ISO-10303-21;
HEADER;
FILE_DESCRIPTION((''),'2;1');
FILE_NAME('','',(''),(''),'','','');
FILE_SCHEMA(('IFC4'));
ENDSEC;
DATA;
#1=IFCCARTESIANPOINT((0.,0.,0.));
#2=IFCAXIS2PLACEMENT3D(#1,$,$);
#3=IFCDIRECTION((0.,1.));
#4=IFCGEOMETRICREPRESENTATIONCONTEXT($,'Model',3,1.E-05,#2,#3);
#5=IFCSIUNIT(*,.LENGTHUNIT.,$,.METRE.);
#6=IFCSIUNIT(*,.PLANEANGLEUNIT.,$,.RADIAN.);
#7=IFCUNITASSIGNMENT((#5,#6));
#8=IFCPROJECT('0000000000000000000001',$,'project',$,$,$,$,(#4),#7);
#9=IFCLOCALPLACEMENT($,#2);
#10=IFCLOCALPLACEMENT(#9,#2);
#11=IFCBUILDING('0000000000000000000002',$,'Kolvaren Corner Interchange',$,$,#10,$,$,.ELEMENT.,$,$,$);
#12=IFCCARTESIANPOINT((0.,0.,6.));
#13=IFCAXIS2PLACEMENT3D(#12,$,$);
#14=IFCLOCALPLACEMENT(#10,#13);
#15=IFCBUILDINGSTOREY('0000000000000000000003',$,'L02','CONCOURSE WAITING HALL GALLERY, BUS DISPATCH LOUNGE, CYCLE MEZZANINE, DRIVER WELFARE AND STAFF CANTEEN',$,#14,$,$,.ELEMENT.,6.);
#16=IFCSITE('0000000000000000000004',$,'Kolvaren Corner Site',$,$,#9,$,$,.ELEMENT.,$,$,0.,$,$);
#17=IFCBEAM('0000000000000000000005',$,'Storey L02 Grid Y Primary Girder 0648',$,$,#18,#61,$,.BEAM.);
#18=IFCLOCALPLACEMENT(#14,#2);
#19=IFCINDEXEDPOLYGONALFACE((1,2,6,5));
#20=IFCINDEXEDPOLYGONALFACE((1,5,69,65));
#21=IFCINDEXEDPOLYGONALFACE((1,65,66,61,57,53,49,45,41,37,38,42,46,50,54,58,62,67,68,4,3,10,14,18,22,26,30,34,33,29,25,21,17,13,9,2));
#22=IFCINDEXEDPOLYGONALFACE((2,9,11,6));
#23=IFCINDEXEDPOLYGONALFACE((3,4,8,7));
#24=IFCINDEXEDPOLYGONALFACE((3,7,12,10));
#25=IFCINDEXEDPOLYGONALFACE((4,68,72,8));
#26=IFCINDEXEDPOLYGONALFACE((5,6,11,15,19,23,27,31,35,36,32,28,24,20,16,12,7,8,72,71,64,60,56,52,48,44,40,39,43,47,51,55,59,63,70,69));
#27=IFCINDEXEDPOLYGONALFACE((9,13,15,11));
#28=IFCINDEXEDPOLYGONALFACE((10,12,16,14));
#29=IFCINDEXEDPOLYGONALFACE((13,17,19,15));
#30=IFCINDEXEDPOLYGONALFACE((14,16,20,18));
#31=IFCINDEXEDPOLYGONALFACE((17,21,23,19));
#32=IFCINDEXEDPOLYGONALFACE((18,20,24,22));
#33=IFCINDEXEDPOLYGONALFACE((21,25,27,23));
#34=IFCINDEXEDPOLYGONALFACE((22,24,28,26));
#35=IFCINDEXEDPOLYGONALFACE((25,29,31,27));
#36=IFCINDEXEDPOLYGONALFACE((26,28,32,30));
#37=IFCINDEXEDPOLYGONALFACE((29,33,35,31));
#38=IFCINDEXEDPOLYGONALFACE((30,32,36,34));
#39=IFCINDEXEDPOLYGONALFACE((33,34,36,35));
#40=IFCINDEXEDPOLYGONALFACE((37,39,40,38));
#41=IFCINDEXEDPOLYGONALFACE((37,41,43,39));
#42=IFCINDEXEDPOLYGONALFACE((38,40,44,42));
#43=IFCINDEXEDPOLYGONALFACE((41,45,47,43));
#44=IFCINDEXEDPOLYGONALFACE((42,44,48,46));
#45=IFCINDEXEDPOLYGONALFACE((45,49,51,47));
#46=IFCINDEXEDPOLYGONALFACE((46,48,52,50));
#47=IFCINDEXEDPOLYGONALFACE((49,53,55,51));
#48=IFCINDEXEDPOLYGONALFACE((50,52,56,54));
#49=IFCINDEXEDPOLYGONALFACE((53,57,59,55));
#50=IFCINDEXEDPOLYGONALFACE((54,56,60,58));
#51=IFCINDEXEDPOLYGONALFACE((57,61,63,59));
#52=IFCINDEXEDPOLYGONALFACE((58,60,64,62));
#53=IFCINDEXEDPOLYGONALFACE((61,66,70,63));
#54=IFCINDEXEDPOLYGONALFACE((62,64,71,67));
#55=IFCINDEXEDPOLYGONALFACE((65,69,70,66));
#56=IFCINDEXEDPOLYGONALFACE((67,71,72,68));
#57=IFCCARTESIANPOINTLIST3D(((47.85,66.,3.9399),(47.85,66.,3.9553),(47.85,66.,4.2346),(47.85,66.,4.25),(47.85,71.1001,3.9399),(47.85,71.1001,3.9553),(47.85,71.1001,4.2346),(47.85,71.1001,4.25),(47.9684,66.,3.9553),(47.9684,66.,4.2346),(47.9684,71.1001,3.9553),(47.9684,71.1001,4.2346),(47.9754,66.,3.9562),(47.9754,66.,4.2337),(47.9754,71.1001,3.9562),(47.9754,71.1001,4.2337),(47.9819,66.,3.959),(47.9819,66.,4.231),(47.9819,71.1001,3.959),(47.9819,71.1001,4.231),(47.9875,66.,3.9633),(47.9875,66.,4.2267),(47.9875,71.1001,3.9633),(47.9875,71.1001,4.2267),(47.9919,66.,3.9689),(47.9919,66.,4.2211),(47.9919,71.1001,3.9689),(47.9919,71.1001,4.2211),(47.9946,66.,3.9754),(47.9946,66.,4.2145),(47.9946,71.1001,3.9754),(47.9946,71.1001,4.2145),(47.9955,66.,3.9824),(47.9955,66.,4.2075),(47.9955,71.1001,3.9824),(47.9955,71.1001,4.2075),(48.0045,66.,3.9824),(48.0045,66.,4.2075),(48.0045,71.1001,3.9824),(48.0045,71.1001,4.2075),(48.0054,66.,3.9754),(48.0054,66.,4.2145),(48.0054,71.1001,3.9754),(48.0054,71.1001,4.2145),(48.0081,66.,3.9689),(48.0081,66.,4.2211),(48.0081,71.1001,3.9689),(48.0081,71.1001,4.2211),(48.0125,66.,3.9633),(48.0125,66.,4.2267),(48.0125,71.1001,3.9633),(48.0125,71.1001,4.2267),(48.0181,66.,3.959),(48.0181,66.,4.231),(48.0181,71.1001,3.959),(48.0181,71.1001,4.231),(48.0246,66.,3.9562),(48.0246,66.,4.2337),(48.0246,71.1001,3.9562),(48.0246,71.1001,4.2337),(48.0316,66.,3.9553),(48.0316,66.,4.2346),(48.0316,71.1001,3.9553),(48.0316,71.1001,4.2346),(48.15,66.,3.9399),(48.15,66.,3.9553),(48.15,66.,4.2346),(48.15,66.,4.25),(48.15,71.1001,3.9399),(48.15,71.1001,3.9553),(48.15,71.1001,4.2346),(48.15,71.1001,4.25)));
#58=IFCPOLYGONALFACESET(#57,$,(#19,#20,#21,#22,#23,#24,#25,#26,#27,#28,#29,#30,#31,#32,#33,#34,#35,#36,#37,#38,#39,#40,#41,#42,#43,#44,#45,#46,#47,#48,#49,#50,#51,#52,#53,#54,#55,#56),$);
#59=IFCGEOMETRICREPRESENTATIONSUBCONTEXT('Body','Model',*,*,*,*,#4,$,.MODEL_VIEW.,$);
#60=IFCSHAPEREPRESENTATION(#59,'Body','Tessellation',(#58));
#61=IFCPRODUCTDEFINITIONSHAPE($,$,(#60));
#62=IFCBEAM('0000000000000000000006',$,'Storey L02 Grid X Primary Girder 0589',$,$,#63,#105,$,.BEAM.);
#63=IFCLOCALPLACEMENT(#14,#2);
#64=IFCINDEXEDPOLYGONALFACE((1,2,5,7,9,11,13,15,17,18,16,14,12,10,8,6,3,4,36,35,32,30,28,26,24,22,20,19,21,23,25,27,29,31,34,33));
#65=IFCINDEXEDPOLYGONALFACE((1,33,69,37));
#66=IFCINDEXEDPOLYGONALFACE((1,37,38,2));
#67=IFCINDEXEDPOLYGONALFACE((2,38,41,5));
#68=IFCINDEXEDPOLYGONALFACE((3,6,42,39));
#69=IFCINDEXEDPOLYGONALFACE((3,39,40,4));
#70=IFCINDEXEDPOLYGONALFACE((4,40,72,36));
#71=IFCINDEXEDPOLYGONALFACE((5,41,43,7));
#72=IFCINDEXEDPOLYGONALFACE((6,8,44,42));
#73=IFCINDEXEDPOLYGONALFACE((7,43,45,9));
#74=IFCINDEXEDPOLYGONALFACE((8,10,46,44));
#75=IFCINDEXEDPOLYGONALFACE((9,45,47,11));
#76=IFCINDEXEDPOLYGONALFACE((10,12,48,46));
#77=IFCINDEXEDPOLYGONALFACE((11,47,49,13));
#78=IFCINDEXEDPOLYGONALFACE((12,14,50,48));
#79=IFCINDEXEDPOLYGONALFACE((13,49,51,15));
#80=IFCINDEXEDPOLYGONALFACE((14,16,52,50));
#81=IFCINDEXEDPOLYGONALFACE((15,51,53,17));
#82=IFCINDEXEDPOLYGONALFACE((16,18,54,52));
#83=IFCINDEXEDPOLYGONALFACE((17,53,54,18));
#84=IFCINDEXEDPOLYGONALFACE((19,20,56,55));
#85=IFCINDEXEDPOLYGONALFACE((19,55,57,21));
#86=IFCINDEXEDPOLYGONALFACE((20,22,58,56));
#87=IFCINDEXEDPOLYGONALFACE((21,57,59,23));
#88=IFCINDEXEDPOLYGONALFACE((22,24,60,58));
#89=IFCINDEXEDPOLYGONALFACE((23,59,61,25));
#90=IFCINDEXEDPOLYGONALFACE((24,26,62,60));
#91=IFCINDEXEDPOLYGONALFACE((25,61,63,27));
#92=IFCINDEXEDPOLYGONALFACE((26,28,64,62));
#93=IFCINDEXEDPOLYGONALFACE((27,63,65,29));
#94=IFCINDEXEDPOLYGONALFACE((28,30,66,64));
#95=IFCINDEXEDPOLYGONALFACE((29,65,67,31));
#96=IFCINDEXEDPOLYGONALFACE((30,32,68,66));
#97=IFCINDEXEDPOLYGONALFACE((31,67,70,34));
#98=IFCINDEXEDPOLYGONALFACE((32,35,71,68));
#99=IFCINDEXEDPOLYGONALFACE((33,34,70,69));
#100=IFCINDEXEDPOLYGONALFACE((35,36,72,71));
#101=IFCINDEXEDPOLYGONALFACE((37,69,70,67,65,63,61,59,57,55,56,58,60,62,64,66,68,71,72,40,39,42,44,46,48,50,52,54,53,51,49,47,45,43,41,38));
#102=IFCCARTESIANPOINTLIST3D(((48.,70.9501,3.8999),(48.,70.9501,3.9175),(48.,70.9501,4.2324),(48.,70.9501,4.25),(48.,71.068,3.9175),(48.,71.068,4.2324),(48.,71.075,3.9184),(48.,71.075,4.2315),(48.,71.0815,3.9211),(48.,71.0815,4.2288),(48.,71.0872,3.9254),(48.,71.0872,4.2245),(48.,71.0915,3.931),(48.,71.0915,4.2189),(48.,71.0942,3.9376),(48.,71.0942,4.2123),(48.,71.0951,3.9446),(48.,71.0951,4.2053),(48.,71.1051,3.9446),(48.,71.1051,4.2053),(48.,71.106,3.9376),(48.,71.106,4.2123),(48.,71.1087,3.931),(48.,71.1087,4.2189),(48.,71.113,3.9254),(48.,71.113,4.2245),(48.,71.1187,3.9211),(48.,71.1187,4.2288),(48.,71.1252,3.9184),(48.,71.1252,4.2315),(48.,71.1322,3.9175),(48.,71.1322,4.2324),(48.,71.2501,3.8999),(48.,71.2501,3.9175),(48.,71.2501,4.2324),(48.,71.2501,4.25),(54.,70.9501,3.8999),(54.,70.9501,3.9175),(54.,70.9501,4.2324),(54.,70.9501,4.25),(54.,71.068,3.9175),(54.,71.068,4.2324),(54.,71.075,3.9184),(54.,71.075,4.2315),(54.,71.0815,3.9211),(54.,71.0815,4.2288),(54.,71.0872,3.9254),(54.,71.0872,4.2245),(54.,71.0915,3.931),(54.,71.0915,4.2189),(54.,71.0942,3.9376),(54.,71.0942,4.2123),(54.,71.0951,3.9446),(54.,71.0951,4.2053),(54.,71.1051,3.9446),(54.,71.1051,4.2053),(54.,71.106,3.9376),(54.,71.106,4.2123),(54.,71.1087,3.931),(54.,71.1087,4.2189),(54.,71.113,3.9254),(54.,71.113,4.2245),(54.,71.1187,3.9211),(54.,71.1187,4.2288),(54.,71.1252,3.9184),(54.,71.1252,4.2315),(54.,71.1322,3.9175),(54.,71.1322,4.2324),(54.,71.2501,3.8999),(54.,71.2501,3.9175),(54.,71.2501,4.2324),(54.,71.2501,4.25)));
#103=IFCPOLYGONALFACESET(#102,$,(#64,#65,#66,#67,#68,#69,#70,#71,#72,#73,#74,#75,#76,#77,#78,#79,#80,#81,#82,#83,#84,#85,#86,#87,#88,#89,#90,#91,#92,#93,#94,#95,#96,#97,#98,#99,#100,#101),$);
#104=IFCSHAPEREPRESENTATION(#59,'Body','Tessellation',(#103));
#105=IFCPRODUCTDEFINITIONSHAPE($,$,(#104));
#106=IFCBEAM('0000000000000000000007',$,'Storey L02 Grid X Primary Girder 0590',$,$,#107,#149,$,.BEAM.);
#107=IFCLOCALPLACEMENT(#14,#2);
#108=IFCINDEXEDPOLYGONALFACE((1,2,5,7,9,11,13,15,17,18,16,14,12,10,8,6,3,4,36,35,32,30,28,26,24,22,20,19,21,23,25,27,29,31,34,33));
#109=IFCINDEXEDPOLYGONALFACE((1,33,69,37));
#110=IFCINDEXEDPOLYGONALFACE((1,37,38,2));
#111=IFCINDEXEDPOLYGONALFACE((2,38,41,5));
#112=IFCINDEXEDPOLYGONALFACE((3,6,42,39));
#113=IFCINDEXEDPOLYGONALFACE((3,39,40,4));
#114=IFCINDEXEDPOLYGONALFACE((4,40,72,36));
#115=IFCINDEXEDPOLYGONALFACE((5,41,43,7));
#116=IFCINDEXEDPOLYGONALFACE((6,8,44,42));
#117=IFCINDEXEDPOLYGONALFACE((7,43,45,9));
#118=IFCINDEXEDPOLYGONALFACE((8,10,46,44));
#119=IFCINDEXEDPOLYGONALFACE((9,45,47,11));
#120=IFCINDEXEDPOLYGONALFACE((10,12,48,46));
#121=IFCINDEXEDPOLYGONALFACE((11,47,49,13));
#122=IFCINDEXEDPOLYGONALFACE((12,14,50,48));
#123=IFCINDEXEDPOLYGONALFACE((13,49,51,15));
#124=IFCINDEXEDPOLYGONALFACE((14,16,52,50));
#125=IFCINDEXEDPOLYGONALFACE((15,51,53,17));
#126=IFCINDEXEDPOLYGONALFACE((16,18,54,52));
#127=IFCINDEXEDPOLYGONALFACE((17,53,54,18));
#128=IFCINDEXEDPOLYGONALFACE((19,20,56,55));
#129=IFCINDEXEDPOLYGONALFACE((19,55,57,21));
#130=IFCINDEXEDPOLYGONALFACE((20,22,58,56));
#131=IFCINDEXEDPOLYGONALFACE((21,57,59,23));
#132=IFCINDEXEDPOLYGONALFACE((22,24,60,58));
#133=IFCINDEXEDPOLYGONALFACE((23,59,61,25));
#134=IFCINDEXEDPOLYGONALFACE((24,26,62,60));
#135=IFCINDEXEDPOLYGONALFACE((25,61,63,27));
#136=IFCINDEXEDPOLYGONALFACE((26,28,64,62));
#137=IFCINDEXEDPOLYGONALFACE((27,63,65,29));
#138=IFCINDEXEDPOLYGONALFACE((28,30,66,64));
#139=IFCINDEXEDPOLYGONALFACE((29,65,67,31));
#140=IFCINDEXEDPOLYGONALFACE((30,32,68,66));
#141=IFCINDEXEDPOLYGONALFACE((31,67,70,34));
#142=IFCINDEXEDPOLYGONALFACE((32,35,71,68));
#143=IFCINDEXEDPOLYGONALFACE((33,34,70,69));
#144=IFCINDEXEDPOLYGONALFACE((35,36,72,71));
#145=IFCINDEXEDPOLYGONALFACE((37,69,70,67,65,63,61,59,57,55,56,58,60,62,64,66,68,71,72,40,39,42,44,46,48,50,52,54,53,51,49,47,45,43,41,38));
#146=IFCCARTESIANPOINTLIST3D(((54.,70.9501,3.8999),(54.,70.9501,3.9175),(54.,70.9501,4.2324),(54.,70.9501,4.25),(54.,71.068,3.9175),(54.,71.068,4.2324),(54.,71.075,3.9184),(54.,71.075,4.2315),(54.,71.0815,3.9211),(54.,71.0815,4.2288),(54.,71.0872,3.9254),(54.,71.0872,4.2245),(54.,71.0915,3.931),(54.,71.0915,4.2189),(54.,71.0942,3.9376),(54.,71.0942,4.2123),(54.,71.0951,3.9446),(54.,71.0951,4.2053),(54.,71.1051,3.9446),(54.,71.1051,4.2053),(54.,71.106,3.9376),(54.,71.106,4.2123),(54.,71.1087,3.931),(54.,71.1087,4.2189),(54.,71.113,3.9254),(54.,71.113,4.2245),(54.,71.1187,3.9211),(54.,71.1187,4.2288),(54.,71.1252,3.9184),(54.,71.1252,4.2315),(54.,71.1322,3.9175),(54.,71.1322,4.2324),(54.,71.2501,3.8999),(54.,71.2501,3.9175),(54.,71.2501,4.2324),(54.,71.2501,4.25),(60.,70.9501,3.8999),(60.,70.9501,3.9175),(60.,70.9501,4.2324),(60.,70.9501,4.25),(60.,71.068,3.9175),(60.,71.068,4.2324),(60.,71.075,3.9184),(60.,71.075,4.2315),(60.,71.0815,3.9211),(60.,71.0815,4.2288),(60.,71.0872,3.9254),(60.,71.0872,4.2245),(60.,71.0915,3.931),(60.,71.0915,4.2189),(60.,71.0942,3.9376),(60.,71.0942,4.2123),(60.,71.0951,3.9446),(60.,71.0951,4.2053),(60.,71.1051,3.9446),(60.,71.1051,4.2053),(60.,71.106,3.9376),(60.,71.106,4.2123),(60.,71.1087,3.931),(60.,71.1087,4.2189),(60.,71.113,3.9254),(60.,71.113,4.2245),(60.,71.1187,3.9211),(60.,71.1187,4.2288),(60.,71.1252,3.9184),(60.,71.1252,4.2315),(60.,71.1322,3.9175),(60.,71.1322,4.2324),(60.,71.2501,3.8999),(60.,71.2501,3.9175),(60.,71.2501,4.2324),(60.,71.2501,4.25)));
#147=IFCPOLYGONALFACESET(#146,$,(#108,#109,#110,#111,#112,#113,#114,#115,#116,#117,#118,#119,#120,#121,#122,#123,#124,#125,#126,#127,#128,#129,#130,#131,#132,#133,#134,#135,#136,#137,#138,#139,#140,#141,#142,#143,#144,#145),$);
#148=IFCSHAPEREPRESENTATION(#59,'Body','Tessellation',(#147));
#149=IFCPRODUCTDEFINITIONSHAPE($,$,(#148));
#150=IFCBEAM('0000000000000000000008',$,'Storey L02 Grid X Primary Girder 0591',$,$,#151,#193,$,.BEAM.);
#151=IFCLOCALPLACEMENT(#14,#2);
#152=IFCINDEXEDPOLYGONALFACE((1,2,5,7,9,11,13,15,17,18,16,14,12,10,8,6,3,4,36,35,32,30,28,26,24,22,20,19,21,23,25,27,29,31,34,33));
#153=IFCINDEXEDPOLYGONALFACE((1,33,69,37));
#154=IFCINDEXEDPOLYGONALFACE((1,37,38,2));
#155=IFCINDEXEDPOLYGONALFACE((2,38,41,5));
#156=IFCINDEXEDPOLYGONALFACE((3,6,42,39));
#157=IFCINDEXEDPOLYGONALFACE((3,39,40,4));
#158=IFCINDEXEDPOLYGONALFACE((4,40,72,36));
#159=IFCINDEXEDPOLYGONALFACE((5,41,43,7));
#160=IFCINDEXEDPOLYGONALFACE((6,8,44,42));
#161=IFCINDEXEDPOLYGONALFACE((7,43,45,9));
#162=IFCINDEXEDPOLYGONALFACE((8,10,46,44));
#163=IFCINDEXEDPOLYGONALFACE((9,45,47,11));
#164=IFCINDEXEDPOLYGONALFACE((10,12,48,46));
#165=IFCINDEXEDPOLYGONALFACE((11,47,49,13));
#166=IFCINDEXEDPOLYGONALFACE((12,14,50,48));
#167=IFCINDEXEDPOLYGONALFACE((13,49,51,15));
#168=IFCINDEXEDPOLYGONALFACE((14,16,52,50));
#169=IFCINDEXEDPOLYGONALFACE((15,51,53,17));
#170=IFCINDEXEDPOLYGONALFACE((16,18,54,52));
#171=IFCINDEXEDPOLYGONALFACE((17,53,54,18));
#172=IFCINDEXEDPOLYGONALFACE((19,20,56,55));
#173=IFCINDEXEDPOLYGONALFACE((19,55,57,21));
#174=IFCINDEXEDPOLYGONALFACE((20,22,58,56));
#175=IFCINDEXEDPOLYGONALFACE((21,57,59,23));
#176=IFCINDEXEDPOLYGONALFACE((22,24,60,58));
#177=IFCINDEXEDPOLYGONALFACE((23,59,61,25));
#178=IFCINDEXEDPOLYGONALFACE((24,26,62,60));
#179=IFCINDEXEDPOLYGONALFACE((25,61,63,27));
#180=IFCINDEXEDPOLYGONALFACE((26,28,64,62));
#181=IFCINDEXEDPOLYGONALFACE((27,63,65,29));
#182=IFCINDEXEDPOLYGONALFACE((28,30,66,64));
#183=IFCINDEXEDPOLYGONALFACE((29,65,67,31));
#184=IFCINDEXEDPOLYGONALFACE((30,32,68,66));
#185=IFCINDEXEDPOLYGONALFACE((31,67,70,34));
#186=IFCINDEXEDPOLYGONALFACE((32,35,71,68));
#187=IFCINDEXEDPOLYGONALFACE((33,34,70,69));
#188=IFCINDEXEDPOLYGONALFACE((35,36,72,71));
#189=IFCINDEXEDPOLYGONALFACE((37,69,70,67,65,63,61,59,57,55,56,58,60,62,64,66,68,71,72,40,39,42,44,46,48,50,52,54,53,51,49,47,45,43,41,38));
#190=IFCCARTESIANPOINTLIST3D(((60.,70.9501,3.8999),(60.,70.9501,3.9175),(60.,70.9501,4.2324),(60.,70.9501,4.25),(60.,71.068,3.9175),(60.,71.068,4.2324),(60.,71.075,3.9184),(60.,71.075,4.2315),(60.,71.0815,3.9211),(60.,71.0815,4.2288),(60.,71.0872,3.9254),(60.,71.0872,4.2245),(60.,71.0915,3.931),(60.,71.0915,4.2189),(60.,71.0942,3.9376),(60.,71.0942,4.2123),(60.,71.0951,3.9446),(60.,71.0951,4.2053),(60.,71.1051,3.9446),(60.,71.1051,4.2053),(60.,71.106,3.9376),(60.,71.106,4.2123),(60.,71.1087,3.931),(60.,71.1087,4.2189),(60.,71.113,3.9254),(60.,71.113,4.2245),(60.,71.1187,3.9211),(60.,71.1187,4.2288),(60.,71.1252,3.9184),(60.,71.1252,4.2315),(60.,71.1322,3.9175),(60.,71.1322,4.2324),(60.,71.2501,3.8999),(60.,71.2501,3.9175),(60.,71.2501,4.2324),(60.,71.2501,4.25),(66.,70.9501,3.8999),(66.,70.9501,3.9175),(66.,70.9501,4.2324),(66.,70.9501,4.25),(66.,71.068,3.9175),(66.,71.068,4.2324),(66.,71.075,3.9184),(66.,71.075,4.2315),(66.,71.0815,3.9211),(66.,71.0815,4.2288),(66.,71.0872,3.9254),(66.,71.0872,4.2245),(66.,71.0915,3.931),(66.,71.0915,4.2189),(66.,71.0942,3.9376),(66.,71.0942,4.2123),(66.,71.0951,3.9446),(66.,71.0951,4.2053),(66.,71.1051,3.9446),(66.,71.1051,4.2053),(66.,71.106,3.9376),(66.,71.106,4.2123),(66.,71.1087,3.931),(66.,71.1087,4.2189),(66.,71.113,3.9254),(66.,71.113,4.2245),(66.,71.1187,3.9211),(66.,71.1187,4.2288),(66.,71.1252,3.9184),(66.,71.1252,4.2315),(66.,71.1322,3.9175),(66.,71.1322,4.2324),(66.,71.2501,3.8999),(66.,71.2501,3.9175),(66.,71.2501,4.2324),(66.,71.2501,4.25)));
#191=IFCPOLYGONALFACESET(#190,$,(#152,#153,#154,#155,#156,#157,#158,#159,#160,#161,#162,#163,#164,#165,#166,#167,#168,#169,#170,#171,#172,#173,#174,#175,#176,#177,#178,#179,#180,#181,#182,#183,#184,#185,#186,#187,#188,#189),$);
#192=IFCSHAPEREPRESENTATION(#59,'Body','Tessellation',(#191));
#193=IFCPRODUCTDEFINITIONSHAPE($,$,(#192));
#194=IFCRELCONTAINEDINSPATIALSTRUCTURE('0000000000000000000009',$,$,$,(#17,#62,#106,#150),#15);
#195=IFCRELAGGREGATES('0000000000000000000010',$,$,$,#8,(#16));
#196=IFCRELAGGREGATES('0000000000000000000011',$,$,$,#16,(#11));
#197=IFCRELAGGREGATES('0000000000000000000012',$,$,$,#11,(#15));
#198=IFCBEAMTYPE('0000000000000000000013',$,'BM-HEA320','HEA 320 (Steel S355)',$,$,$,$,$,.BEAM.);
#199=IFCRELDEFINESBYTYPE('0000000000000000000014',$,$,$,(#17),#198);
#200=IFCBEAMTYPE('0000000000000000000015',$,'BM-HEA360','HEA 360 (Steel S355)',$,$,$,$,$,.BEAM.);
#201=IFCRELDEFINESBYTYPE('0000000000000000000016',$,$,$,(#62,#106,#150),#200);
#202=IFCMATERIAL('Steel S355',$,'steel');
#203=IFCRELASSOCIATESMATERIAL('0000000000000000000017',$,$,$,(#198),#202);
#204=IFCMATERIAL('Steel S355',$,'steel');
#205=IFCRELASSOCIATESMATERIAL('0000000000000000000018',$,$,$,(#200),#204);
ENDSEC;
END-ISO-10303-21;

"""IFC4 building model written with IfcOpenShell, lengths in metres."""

from ifc_helpers import new_model, si_unit, direction, frame, origin, origin_2d, place, context, subcontext, project, spatial, i_section, extrude, material, material_profile, profile_set, type_object, element, save


model = new_model("IFC4")

# Units and contexts
model_context = context("Model", 3, precision=1e-05, world=origin(), true_north=direction((0.0, 1.0)))
body_context = subcontext(model_context, "Body", "Model", "MODEL_VIEW")
ifc_project = project(units=[si_unit("LENGTHUNIT", "METRE"), si_unit("PLANEANGLEUNIT", "RADIAN")], contexts=[model_context])

# Site, building, storey
site_placement = place(None, origin())
site = spatial("IfcSite", under=ifc_project, at=site_placement, Name="Kolvaren Corner Site", CompositionType="ELEMENT", RefElevation=0.0)
building_placement = place(site_placement, origin())
building = spatial("IfcBuilding", under=site, at=building_placement, Name="Kolvaren Corner Interchange", CompositionType="ELEMENT")
storey_placement = place(building_placement, frame((0.0, 0.0, 6.0)))
storey = spatial("IfcBuildingStorey", under=building, at=storey_placement, Name="L02", Description="CONCOURSE WAITING HALL GALLERY, BUS DISPATCH LOUNGE, CYCLE MEZZANINE, DRIVER WELFARE AND STAFF CANTEEN", CompositionType="ELEMENT", Elevation=6.0)

# Beams
ifc_material_1 = material(Name="Steel S355", Category="steel")
ifc_material_profile_1 = material_profile(ifc_material_1, i_section(OverallWidth=0.3, OverallDepth=0.3101, WebThickness=0.009, FlangeThickness=0.0154, FilletRadius=0.0271, at=origin_2d()), Name="HEA 320")
ifc_profile_set_1 = profile_set([ifc_material_profile_1], Name="Steel S355")
beam_type_1 = type_object("IfcBeamType", Name="BM-HEA320", Description="HEA 320 (Steel S355)", PredefinedType="BEAM", material=ifc_profile_set_1)
beam_1_placement = place(storey_placement, frame((48.0, 66.0, 4.095), z_axis=(0.0, 1.0, 0.0), x_axis=(-1.0, 0.0, 0.0)))
element("IfcBeam", 1, at=beam_1_placement, inside=storey, type_object=beam_type_1, Name="Storey L02 Grid Y Primary Girder 0648", PredefinedType="BEAM", context=body_context, shape_type="SweptSolid", body=[
    extrude(i_section(OverallWidth=0.3, OverallDepth=0.3101, WebThickness=0.009, FlangeThickness=0.0154, FilletRadius=0.0271, at=origin_2d()), origin(), (0.0, 0.0, 1.0), 5.1001),
])
ifc_material_2 = material(Name="Steel S355", Category="steel")
ifc_material_profile_2 = material_profile(ifc_material_2, i_section(OverallWidth=0.3, OverallDepth=0.3501, WebThickness=0.01, FlangeThickness=0.0176, FilletRadius=0.0271, at=origin_2d()), Name="HEA 360")
ifc_profile_set_2 = profile_set([ifc_material_profile_2], Name="Steel S355")
beam_type_2 = type_object("IfcBeamType", Name="BM-HEA360", Description="HEA 360 (Steel S355)", PredefinedType="BEAM", material=ifc_profile_set_2)
for number, where, z_axis, x_axis, name in (
    (2, (48.0, 71.1001, 4.075), (1.0, 0.0, 0.0), (0.0, 1.0, 0.0), "Storey L02 Grid X Primary Girder 0589"),
    (3, (54.0, 71.1001, 4.075), (1.0, 0.0, 0.0), (0.0, 1.0, 0.0), "Storey L02 Grid X Primary Girder 0590"),
    (4, (60.0, 71.1001, 4.075), (1.0, 0.0, 0.0), (0.0, 1.0, 0.0), "Storey L02 Grid X Primary Girder 0591"),
):
    element("IfcBeam", number, at=place(storey_placement, frame(where, z_axis=z_axis, x_axis=x_axis)), inside=storey, type_object=beam_type_2, Name=name, PredefinedType="BEAM", context=body_context, shape_type="SweptSolid", body=[
        extrude(i_section(OverallWidth=0.3, OverallDepth=0.3501, WebThickness=0.01, FlangeThickness=0.0176, FilletRadius=0.0271, at=origin_2d()), origin(), (0.0, 0.0, 1.0), 6.0),
    ])

save(model, "model.ifc")
